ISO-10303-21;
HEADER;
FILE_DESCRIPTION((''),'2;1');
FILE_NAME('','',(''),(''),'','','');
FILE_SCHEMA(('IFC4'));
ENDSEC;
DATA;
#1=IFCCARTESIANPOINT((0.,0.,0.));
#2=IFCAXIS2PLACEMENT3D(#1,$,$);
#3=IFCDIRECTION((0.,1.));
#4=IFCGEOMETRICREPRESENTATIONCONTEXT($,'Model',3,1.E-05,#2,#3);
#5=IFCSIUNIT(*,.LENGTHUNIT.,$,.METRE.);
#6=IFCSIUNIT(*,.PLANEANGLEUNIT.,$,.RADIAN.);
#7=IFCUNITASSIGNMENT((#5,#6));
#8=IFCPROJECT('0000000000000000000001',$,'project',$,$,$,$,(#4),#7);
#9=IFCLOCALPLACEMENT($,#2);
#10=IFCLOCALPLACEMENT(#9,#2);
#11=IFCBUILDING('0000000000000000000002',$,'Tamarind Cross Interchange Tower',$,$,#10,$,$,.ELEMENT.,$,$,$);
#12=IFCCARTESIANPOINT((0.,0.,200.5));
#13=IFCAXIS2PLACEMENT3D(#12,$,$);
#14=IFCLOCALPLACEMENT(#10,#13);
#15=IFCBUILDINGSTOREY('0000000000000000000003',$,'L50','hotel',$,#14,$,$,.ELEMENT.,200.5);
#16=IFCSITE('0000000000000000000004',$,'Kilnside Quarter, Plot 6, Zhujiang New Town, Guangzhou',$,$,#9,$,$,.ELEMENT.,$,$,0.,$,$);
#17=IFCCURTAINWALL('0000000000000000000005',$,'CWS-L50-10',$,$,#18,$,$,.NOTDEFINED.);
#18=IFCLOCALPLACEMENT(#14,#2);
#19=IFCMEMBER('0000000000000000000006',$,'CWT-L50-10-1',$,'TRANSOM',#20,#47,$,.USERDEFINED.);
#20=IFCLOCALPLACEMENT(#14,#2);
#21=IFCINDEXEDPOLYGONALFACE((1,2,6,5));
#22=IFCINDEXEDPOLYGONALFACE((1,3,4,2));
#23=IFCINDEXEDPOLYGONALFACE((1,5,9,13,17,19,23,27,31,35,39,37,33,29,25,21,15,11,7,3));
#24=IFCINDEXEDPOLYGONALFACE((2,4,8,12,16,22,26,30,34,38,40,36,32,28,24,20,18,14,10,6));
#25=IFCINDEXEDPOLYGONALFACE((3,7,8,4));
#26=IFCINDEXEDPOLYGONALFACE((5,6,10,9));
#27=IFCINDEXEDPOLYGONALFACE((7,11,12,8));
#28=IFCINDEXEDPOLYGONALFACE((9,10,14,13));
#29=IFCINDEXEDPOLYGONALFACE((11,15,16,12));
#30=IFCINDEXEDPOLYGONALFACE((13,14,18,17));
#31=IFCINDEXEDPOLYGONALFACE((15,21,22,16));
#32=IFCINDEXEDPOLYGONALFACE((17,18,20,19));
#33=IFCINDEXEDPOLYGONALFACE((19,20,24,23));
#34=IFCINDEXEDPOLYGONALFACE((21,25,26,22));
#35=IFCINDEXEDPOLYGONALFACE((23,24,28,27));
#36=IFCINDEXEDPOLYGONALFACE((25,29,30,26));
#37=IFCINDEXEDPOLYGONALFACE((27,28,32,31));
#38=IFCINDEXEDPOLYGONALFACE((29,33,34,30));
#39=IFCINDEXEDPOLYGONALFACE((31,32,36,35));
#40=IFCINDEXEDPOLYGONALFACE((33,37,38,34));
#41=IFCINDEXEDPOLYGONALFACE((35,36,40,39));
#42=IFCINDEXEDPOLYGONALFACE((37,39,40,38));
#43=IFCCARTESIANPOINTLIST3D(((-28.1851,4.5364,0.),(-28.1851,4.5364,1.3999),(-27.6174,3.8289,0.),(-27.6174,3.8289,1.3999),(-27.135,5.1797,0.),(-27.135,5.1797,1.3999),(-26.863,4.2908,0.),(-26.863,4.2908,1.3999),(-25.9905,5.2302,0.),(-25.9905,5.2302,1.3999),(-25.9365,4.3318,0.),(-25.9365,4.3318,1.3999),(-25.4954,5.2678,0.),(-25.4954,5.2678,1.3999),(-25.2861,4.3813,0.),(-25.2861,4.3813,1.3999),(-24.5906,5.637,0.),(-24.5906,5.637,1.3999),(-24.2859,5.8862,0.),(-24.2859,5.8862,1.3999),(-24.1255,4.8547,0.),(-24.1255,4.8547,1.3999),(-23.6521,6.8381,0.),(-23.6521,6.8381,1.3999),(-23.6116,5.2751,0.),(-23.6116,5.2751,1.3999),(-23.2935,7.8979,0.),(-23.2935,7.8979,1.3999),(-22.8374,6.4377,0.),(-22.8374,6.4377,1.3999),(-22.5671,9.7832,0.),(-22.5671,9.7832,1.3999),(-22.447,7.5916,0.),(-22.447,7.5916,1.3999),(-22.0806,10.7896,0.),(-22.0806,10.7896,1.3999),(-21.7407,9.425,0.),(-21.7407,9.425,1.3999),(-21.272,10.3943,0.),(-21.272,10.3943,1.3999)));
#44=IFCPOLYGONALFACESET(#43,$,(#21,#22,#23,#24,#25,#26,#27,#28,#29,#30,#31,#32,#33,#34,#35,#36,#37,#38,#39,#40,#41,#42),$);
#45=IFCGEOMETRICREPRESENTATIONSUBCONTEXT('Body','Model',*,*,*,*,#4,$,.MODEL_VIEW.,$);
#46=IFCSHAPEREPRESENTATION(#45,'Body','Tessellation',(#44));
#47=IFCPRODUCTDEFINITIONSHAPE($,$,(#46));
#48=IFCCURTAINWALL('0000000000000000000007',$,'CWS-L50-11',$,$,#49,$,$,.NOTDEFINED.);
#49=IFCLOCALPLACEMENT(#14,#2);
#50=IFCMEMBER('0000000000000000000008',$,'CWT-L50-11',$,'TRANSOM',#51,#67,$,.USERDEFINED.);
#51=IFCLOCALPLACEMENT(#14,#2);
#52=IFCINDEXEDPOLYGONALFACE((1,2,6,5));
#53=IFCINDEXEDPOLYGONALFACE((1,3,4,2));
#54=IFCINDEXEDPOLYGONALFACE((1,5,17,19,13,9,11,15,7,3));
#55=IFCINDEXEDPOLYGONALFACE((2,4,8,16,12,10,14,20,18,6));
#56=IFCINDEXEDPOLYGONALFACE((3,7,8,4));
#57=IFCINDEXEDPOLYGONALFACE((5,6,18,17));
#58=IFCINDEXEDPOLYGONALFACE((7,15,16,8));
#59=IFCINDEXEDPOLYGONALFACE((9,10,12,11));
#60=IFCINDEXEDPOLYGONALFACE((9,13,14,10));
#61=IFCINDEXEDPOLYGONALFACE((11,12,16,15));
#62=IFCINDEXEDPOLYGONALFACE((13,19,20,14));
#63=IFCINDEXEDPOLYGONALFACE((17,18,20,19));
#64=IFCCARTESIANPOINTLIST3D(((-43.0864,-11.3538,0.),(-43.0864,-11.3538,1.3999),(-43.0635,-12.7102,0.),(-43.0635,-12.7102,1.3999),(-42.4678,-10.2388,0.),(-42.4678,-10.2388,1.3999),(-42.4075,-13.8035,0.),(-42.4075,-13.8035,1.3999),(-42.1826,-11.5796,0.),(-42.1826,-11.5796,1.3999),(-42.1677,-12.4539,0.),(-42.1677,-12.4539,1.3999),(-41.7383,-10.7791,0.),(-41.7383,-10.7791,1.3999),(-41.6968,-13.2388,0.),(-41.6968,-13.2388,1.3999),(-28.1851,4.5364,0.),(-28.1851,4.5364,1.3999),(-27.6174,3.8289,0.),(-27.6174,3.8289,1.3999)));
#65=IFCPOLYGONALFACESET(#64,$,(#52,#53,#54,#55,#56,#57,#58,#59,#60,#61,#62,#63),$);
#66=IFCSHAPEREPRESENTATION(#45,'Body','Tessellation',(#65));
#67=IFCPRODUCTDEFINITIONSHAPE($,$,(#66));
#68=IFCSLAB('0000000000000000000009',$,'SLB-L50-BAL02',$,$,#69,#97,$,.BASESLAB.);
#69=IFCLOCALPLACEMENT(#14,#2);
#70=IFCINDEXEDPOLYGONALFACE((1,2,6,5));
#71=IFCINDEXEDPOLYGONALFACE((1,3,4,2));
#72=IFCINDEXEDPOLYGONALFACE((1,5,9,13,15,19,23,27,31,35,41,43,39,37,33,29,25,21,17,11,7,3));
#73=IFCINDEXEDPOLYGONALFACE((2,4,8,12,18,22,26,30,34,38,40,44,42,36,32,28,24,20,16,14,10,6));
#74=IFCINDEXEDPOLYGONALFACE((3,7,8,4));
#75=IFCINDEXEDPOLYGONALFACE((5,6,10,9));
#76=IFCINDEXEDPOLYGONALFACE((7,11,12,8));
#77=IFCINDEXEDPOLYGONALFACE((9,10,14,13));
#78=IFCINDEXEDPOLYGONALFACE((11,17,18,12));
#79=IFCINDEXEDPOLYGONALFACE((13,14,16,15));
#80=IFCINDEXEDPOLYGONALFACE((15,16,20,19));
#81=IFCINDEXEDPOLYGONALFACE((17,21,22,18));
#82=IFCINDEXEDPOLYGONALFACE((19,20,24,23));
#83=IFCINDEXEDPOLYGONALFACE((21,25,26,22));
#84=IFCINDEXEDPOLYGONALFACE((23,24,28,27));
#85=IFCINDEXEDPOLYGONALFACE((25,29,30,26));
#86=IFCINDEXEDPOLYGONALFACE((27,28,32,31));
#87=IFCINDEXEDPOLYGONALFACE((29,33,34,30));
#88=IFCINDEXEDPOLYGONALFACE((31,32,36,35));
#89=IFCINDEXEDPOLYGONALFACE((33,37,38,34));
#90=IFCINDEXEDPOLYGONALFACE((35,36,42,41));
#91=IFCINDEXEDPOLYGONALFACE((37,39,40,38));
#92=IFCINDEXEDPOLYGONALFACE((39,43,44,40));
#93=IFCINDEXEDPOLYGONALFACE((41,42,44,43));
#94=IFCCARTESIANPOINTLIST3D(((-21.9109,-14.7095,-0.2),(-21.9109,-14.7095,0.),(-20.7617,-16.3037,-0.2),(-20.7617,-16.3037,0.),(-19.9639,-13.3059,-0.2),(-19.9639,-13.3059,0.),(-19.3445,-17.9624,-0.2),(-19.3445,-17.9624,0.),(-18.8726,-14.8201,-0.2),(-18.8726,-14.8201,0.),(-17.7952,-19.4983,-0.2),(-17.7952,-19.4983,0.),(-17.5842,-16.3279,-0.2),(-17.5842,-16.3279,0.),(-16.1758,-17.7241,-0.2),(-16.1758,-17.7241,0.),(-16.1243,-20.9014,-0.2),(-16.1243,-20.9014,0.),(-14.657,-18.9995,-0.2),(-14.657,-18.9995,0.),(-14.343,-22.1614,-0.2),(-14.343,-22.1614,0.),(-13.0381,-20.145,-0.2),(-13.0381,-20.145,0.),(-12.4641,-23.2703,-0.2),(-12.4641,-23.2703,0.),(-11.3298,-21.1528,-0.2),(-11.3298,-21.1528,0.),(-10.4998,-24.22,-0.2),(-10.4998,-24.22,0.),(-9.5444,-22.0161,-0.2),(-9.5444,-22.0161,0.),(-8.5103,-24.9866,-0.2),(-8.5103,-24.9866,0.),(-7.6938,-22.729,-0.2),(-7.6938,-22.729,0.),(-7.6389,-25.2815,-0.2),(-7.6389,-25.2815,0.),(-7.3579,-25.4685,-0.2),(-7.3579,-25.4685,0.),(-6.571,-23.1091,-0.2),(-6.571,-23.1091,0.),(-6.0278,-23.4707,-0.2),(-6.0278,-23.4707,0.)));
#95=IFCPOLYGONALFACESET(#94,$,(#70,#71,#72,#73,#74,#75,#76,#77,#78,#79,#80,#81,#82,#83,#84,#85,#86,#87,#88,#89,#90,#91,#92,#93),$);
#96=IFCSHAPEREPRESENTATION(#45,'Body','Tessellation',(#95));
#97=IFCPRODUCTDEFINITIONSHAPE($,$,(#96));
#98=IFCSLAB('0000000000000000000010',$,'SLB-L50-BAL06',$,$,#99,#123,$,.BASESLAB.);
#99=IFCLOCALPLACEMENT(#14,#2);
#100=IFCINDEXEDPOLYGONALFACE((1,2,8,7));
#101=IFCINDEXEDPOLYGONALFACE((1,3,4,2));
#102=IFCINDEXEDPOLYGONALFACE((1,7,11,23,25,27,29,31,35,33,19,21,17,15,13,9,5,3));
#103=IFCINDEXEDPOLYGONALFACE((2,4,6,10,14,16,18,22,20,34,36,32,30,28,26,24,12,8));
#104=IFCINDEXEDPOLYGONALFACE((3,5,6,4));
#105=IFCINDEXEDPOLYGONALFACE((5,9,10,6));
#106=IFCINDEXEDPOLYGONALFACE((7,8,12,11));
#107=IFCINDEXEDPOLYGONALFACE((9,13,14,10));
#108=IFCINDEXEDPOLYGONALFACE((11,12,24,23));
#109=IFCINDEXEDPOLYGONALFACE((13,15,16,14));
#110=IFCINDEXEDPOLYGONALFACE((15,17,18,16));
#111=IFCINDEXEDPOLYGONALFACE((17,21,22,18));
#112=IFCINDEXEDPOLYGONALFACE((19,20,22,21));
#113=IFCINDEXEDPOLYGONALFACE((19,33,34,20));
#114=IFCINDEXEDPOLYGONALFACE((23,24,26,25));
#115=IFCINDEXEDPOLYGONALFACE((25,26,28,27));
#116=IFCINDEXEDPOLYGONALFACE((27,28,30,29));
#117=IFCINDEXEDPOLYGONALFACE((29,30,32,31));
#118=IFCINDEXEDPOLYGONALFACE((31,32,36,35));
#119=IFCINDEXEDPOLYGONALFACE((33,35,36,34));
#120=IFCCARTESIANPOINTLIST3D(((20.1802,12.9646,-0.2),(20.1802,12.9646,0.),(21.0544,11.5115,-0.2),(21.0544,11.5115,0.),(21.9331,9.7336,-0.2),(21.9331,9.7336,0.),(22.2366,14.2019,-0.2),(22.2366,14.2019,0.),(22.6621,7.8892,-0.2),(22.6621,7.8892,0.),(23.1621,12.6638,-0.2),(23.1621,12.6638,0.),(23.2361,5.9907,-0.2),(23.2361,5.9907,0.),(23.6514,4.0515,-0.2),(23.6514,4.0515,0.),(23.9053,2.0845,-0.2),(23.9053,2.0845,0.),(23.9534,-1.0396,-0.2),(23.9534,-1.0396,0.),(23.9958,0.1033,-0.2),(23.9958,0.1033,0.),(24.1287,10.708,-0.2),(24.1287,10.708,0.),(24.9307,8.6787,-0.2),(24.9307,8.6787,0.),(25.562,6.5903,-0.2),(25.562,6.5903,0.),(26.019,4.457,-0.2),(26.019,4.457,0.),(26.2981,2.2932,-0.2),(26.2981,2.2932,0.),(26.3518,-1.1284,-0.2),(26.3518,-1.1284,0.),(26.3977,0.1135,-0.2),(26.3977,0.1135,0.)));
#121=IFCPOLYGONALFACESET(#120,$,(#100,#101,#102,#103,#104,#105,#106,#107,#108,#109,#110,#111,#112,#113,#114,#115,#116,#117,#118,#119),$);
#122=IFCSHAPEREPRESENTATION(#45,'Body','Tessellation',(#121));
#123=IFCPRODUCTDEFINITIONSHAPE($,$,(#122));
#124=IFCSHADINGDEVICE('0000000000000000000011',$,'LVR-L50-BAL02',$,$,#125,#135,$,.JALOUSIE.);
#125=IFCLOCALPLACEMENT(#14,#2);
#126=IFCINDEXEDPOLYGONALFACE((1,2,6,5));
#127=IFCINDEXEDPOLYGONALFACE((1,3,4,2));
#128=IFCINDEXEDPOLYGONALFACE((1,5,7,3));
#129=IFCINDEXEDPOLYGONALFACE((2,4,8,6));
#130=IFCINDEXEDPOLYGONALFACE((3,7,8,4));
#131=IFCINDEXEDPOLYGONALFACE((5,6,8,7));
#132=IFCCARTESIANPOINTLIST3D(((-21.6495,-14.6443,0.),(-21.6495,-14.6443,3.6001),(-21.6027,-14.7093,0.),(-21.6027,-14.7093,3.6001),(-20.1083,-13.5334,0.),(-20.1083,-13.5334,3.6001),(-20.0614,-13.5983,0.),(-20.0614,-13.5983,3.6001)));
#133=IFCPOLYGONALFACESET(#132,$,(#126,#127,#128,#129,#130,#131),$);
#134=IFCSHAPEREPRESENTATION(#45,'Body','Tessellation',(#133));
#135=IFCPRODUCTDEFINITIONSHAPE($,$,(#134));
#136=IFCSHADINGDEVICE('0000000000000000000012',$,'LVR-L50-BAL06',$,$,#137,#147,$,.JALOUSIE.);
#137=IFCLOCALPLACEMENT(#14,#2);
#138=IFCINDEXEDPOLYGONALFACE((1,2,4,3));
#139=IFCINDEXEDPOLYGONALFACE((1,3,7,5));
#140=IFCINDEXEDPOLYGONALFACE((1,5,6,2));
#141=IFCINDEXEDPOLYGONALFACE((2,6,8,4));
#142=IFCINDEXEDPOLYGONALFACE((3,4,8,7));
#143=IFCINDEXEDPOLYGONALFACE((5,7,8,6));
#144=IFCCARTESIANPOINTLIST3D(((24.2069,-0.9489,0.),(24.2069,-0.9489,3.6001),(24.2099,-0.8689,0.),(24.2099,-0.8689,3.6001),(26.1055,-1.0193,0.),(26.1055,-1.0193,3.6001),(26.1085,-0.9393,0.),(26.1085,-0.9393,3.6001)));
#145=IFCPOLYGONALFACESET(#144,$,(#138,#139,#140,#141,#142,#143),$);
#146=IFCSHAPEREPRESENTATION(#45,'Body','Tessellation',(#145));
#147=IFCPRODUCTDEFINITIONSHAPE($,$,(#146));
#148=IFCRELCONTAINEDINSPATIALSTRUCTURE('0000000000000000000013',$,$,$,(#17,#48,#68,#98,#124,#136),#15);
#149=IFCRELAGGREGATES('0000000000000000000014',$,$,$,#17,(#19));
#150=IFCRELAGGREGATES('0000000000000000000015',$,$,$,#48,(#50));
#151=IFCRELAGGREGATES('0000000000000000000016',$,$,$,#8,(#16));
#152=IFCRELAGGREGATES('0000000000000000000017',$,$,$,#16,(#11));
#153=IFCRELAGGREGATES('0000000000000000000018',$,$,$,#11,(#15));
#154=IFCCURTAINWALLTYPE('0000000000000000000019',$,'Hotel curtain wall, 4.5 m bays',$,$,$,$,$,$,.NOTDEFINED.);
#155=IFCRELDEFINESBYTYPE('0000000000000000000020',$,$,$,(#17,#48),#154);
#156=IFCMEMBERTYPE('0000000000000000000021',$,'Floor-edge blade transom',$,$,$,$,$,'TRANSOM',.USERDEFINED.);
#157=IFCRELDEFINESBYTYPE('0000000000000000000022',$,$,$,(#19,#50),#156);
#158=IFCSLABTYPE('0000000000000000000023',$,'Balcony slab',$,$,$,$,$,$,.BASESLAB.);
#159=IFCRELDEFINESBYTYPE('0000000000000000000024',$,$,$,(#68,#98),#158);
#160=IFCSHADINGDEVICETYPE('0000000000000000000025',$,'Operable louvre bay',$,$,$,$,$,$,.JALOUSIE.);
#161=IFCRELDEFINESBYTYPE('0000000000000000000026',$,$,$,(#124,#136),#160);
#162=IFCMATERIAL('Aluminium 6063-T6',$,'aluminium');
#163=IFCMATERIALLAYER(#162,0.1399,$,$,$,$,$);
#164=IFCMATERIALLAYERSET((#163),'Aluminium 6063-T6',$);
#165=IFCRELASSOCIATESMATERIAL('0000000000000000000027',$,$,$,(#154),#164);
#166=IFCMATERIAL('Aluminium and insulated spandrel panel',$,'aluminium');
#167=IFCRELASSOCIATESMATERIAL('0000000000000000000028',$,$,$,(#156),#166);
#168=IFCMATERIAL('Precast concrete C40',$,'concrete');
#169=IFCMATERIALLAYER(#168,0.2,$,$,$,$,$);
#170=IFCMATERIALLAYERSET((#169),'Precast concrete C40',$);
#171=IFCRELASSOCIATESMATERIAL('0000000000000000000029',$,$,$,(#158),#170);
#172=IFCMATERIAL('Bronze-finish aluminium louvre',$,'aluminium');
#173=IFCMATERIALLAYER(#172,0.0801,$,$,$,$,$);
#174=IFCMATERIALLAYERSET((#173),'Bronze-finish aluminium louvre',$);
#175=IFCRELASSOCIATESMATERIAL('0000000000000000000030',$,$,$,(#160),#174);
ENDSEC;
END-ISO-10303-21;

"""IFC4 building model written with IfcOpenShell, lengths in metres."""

from ifc_helpers import new_model, si_unit, direction, frame, origin, origin_2d, place, context, subcontext, project, spatial, polyline, rectangle, outline, extrude, material, layer, layer_set, type_object, element, aggregate, save


model = new_model("IFC4")

# Units and contexts
model_context = context("Model", 3, precision=1e-05, world=origin(), true_north=direction((0.0, 1.0)))
body_context = subcontext(model_context, "Body", "Model", "MODEL_VIEW")
ifc_project = project(units=[si_unit("LENGTHUNIT", "METRE"), si_unit("PLANEANGLEUNIT", "RADIAN")], contexts=[model_context])

# Site, building, storey
site_placement = place(None, origin())
site = spatial("IfcSite", under=ifc_project, at=site_placement, Name="Kilnside Quarter, Plot 6, Zhujiang New Town, Guangzhou", CompositionType="ELEMENT", RefElevation=0.0)
building_placement = place(site_placement, origin())
building = spatial("IfcBuilding", under=site, at=building_placement, Name="Tamarind Cross Interchange Tower", CompositionType="ELEMENT")
storey_placement = place(building_placement, frame((0.0, 0.0, 200.5)))
storey = spatial("IfcBuildingStorey", under=building, at=storey_placement, Name="L50", Description="hotel", CompositionType="ELEMENT", Elevation=200.5)

# Shared definitions
ifc_material_1 = material(Name="Aluminium 6063-T6", Category="aluminium")
ifc_layer_1 = layer(ifc_material_1, 0.1399)
ifc_layer_set_1 = layer_set([ifc_layer_1], Name="Aluminium 6063-T6")
curtain_wall_type = type_object("IfcCurtainWallType", Name="Hotel curtain wall, 4.5 m bays", PredefinedType="NOTDEFINED", material=ifc_layer_set_1)
ifc_material_2 = material(Name="Aluminium and insulated spandrel panel", Category="aluminium")
member_type = type_object("IfcMemberType", Name="Floor-edge blade transom", ElementType="TRANSOM", PredefinedType="USERDEFINED", material=ifc_material_2)

# Curtain wall, member
curtain_wall_1_placement = place(storey_placement, origin())
curtain_wall_1 = element("IfcCurtainWall", 1, at=curtain_wall_1_placement, inside=storey, type_object=curtain_wall_type, Name="CWS-L50-10", PredefinedType="NOTDEFINED")
member_1_placement = place(storey_placement, origin())
member_1 = element("IfcMember", 2, at=member_1_placement, type_object=member_type, Name="CWT-L50-10-1", ObjectType="TRANSOM", PredefinedType="USERDEFINED", context=body_context, shape_type="SweptSolid", body=[
    extrude(outline(polyline([(-21.272, 10.3943), (-21.7407, 9.425), (-22.447, 7.5916), (-22.8374, 6.4377), (-23.6116, 5.2751), (-24.1255, 4.8547), (-25.2861, 4.3813), (-25.9365, 4.3318), (-26.863, 4.2908), (-27.6174, 3.8289), (-28.1851, 4.5364), (-27.135, 5.1797), (-25.9905, 5.2302), (-25.4954, 5.2678), (-24.5906, 5.637), (-24.2859, 5.8862), (-23.6521, 6.8381), (-23.2935, 7.8979), (-22.5671, 9.7832), (-22.0806, 10.7896), (-21.272, 10.3943)])), origin(), (0.0, 0.0, 1.0), 1.3999),
])
aggregate(curtain_wall_1, [member_1])

# Curtain wall, member
curtain_wall_2_placement = place(storey_placement, origin())
curtain_wall_2 = element("IfcCurtainWall", 3, at=curtain_wall_2_placement, inside=storey, type_object=curtain_wall_type, Name="CWS-L50-11", PredefinedType="NOTDEFINED")
member_2_placement = place(storey_placement, origin())
member_2 = element("IfcMember", 4, at=member_2_placement, type_object=member_type, Name="CWT-L50-11", ObjectType="TRANSOM", PredefinedType="USERDEFINED", context=body_context, shape_type="SweptSolid", body=[
    extrude(outline(polyline([(-27.6174, 3.8289), (-41.7383, -10.7791), (-42.1826, -11.5796), (-42.1677, -12.4539), (-41.6968, -13.2388), (-42.4075, -13.8035), (-43.0635, -12.7102), (-43.0864, -11.3538), (-42.4678, -10.2388), (-28.1851, 4.5364), (-27.6174, 3.8289)])), origin(), (0.0, 0.0, 1.0), 1.3999),
])
aggregate(curtain_wall_2, [member_2])

# Slabs
ifc_material_3 = material(Name="Precast concrete C40", Category="concrete")
ifc_layer_2 = layer(ifc_material_3, 0.2)
ifc_layer_set_2 = layer_set([ifc_layer_2], Name="Precast concrete C40")
slab_type = type_object("IfcSlabType", Name="Balcony slab", PredefinedType="BASESLAB", material=ifc_layer_set_2)
slab_1_placement = place(storey_placement, frame((0.0, 0.0, -0.2)))
element("IfcSlab", 5, at=slab_1_placement, inside=storey, type_object=slab_type, Name="SLB-L50-BAL02", PredefinedType="BASESLAB", context=body_context, shape_type="SweptSolid", body=[
    extrude(outline(polyline([(-19.9639, -13.3059), (-18.8726, -14.8201), (-17.5842, -16.3279), (-16.1758, -17.7241), (-14.657, -18.9995), (-13.0381, -20.145), (-11.3298, -21.1528), (-9.5444, -22.0161), (-7.6938, -22.729), (-6.571, -23.1091), (-6.0278, -23.4707), (-7.3579, -25.4685), (-7.6389, -25.2815), (-8.5103, -24.9866), (-10.4998, -24.22), (-12.4641, -23.2703), (-14.343, -22.1614), (-16.1243, -20.9014), (-17.7952, -19.4983), (-19.3445, -17.9624), (-20.7617, -16.3037), (-21.9109, -14.7095), (-19.9639, -13.3059)])), origin(), (0.0, 0.0, 1.0), 0.2),
])
slab_2_placement = place(storey_placement, frame((0.0, 0.0, -0.2)))
element("IfcSlab", 6, at=slab_2_placement, inside=storey, type_object=slab_type, Name="SLB-L50-BAL06", PredefinedType="BASESLAB", context=body_context, shape_type="SweptSolid", body=[
    extrude(outline(polyline([(23.9534, -1.0396), (23.9958, 0.1033), (23.9053, 2.0845), (23.6514, 4.0515), (23.2361, 5.9907), (22.6621, 7.8892), (21.9331, 9.7336), (21.0544, 11.5115), (20.1802, 12.9646), (22.2366, 14.2019), (23.1621, 12.6638), (24.1287, 10.708), (24.9307, 8.6787), (25.562, 6.5903), (26.019, 4.457), (26.2981, 2.2932), (26.3977, 0.1135), (26.3518, -1.1284), (23.9534, -1.0396)])), origin(), (0.0, 0.0, 1.0), 0.2),
])

# Shading devices
ifc_material_4 = material(Name="Bronze-finish aluminium louvre", Category="aluminium")
ifc_layer_3 = layer(ifc_material_4, 0.0801)
ifc_layer_set_3 = layer_set([ifc_layer_3], Name="Bronze-finish aluminium louvre")
shading_device_type = type_object("IfcShadingDeviceType", Name="Operable louvre bay", PredefinedType="JALOUSIE", material=ifc_layer_set_3)
shading_device_1_placement = place(storey_placement, origin())
element("IfcShadingDevice", 7, at=shading_device_1_placement, inside=storey, type_object=shading_device_type, Name="LVR-L50-BAL02", PredefinedType="JALOUSIE", context=body_context, shape_type="SweptSolid", body=[
    extrude(rectangle(XDim=1.8999, YDim=0.0801, at=origin_2d()), frame((-20.8555, -14.1213, 0.0), z_axis=(0.0, 0.0, 1.0), x_axis=(-0.811217, -0.584745, 0.0)), (0.0, 0.0, 1.0), 3.6001),
])
shading_device_2_placement = place(storey_placement, origin())
element("IfcShadingDevice", 8, at=shading_device_2_placement, inside=storey, type_object=shading_device_type, Name="LVR-L50-BAL06", PredefinedType="JALOUSIE", context=body_context, shape_type="SweptSolid", body=[
    extrude(rectangle(XDim=1.8999, YDim=0.0801, at=origin_2d()), frame((25.1577, -0.9441, 0.0), z_axis=(0.0, 0.0, 1.0), x_axis=(0.999314, -0.037025, 0.0)), (0.0, 0.0, 1.0), 3.6001),
])

save(model, "model.ifc")
